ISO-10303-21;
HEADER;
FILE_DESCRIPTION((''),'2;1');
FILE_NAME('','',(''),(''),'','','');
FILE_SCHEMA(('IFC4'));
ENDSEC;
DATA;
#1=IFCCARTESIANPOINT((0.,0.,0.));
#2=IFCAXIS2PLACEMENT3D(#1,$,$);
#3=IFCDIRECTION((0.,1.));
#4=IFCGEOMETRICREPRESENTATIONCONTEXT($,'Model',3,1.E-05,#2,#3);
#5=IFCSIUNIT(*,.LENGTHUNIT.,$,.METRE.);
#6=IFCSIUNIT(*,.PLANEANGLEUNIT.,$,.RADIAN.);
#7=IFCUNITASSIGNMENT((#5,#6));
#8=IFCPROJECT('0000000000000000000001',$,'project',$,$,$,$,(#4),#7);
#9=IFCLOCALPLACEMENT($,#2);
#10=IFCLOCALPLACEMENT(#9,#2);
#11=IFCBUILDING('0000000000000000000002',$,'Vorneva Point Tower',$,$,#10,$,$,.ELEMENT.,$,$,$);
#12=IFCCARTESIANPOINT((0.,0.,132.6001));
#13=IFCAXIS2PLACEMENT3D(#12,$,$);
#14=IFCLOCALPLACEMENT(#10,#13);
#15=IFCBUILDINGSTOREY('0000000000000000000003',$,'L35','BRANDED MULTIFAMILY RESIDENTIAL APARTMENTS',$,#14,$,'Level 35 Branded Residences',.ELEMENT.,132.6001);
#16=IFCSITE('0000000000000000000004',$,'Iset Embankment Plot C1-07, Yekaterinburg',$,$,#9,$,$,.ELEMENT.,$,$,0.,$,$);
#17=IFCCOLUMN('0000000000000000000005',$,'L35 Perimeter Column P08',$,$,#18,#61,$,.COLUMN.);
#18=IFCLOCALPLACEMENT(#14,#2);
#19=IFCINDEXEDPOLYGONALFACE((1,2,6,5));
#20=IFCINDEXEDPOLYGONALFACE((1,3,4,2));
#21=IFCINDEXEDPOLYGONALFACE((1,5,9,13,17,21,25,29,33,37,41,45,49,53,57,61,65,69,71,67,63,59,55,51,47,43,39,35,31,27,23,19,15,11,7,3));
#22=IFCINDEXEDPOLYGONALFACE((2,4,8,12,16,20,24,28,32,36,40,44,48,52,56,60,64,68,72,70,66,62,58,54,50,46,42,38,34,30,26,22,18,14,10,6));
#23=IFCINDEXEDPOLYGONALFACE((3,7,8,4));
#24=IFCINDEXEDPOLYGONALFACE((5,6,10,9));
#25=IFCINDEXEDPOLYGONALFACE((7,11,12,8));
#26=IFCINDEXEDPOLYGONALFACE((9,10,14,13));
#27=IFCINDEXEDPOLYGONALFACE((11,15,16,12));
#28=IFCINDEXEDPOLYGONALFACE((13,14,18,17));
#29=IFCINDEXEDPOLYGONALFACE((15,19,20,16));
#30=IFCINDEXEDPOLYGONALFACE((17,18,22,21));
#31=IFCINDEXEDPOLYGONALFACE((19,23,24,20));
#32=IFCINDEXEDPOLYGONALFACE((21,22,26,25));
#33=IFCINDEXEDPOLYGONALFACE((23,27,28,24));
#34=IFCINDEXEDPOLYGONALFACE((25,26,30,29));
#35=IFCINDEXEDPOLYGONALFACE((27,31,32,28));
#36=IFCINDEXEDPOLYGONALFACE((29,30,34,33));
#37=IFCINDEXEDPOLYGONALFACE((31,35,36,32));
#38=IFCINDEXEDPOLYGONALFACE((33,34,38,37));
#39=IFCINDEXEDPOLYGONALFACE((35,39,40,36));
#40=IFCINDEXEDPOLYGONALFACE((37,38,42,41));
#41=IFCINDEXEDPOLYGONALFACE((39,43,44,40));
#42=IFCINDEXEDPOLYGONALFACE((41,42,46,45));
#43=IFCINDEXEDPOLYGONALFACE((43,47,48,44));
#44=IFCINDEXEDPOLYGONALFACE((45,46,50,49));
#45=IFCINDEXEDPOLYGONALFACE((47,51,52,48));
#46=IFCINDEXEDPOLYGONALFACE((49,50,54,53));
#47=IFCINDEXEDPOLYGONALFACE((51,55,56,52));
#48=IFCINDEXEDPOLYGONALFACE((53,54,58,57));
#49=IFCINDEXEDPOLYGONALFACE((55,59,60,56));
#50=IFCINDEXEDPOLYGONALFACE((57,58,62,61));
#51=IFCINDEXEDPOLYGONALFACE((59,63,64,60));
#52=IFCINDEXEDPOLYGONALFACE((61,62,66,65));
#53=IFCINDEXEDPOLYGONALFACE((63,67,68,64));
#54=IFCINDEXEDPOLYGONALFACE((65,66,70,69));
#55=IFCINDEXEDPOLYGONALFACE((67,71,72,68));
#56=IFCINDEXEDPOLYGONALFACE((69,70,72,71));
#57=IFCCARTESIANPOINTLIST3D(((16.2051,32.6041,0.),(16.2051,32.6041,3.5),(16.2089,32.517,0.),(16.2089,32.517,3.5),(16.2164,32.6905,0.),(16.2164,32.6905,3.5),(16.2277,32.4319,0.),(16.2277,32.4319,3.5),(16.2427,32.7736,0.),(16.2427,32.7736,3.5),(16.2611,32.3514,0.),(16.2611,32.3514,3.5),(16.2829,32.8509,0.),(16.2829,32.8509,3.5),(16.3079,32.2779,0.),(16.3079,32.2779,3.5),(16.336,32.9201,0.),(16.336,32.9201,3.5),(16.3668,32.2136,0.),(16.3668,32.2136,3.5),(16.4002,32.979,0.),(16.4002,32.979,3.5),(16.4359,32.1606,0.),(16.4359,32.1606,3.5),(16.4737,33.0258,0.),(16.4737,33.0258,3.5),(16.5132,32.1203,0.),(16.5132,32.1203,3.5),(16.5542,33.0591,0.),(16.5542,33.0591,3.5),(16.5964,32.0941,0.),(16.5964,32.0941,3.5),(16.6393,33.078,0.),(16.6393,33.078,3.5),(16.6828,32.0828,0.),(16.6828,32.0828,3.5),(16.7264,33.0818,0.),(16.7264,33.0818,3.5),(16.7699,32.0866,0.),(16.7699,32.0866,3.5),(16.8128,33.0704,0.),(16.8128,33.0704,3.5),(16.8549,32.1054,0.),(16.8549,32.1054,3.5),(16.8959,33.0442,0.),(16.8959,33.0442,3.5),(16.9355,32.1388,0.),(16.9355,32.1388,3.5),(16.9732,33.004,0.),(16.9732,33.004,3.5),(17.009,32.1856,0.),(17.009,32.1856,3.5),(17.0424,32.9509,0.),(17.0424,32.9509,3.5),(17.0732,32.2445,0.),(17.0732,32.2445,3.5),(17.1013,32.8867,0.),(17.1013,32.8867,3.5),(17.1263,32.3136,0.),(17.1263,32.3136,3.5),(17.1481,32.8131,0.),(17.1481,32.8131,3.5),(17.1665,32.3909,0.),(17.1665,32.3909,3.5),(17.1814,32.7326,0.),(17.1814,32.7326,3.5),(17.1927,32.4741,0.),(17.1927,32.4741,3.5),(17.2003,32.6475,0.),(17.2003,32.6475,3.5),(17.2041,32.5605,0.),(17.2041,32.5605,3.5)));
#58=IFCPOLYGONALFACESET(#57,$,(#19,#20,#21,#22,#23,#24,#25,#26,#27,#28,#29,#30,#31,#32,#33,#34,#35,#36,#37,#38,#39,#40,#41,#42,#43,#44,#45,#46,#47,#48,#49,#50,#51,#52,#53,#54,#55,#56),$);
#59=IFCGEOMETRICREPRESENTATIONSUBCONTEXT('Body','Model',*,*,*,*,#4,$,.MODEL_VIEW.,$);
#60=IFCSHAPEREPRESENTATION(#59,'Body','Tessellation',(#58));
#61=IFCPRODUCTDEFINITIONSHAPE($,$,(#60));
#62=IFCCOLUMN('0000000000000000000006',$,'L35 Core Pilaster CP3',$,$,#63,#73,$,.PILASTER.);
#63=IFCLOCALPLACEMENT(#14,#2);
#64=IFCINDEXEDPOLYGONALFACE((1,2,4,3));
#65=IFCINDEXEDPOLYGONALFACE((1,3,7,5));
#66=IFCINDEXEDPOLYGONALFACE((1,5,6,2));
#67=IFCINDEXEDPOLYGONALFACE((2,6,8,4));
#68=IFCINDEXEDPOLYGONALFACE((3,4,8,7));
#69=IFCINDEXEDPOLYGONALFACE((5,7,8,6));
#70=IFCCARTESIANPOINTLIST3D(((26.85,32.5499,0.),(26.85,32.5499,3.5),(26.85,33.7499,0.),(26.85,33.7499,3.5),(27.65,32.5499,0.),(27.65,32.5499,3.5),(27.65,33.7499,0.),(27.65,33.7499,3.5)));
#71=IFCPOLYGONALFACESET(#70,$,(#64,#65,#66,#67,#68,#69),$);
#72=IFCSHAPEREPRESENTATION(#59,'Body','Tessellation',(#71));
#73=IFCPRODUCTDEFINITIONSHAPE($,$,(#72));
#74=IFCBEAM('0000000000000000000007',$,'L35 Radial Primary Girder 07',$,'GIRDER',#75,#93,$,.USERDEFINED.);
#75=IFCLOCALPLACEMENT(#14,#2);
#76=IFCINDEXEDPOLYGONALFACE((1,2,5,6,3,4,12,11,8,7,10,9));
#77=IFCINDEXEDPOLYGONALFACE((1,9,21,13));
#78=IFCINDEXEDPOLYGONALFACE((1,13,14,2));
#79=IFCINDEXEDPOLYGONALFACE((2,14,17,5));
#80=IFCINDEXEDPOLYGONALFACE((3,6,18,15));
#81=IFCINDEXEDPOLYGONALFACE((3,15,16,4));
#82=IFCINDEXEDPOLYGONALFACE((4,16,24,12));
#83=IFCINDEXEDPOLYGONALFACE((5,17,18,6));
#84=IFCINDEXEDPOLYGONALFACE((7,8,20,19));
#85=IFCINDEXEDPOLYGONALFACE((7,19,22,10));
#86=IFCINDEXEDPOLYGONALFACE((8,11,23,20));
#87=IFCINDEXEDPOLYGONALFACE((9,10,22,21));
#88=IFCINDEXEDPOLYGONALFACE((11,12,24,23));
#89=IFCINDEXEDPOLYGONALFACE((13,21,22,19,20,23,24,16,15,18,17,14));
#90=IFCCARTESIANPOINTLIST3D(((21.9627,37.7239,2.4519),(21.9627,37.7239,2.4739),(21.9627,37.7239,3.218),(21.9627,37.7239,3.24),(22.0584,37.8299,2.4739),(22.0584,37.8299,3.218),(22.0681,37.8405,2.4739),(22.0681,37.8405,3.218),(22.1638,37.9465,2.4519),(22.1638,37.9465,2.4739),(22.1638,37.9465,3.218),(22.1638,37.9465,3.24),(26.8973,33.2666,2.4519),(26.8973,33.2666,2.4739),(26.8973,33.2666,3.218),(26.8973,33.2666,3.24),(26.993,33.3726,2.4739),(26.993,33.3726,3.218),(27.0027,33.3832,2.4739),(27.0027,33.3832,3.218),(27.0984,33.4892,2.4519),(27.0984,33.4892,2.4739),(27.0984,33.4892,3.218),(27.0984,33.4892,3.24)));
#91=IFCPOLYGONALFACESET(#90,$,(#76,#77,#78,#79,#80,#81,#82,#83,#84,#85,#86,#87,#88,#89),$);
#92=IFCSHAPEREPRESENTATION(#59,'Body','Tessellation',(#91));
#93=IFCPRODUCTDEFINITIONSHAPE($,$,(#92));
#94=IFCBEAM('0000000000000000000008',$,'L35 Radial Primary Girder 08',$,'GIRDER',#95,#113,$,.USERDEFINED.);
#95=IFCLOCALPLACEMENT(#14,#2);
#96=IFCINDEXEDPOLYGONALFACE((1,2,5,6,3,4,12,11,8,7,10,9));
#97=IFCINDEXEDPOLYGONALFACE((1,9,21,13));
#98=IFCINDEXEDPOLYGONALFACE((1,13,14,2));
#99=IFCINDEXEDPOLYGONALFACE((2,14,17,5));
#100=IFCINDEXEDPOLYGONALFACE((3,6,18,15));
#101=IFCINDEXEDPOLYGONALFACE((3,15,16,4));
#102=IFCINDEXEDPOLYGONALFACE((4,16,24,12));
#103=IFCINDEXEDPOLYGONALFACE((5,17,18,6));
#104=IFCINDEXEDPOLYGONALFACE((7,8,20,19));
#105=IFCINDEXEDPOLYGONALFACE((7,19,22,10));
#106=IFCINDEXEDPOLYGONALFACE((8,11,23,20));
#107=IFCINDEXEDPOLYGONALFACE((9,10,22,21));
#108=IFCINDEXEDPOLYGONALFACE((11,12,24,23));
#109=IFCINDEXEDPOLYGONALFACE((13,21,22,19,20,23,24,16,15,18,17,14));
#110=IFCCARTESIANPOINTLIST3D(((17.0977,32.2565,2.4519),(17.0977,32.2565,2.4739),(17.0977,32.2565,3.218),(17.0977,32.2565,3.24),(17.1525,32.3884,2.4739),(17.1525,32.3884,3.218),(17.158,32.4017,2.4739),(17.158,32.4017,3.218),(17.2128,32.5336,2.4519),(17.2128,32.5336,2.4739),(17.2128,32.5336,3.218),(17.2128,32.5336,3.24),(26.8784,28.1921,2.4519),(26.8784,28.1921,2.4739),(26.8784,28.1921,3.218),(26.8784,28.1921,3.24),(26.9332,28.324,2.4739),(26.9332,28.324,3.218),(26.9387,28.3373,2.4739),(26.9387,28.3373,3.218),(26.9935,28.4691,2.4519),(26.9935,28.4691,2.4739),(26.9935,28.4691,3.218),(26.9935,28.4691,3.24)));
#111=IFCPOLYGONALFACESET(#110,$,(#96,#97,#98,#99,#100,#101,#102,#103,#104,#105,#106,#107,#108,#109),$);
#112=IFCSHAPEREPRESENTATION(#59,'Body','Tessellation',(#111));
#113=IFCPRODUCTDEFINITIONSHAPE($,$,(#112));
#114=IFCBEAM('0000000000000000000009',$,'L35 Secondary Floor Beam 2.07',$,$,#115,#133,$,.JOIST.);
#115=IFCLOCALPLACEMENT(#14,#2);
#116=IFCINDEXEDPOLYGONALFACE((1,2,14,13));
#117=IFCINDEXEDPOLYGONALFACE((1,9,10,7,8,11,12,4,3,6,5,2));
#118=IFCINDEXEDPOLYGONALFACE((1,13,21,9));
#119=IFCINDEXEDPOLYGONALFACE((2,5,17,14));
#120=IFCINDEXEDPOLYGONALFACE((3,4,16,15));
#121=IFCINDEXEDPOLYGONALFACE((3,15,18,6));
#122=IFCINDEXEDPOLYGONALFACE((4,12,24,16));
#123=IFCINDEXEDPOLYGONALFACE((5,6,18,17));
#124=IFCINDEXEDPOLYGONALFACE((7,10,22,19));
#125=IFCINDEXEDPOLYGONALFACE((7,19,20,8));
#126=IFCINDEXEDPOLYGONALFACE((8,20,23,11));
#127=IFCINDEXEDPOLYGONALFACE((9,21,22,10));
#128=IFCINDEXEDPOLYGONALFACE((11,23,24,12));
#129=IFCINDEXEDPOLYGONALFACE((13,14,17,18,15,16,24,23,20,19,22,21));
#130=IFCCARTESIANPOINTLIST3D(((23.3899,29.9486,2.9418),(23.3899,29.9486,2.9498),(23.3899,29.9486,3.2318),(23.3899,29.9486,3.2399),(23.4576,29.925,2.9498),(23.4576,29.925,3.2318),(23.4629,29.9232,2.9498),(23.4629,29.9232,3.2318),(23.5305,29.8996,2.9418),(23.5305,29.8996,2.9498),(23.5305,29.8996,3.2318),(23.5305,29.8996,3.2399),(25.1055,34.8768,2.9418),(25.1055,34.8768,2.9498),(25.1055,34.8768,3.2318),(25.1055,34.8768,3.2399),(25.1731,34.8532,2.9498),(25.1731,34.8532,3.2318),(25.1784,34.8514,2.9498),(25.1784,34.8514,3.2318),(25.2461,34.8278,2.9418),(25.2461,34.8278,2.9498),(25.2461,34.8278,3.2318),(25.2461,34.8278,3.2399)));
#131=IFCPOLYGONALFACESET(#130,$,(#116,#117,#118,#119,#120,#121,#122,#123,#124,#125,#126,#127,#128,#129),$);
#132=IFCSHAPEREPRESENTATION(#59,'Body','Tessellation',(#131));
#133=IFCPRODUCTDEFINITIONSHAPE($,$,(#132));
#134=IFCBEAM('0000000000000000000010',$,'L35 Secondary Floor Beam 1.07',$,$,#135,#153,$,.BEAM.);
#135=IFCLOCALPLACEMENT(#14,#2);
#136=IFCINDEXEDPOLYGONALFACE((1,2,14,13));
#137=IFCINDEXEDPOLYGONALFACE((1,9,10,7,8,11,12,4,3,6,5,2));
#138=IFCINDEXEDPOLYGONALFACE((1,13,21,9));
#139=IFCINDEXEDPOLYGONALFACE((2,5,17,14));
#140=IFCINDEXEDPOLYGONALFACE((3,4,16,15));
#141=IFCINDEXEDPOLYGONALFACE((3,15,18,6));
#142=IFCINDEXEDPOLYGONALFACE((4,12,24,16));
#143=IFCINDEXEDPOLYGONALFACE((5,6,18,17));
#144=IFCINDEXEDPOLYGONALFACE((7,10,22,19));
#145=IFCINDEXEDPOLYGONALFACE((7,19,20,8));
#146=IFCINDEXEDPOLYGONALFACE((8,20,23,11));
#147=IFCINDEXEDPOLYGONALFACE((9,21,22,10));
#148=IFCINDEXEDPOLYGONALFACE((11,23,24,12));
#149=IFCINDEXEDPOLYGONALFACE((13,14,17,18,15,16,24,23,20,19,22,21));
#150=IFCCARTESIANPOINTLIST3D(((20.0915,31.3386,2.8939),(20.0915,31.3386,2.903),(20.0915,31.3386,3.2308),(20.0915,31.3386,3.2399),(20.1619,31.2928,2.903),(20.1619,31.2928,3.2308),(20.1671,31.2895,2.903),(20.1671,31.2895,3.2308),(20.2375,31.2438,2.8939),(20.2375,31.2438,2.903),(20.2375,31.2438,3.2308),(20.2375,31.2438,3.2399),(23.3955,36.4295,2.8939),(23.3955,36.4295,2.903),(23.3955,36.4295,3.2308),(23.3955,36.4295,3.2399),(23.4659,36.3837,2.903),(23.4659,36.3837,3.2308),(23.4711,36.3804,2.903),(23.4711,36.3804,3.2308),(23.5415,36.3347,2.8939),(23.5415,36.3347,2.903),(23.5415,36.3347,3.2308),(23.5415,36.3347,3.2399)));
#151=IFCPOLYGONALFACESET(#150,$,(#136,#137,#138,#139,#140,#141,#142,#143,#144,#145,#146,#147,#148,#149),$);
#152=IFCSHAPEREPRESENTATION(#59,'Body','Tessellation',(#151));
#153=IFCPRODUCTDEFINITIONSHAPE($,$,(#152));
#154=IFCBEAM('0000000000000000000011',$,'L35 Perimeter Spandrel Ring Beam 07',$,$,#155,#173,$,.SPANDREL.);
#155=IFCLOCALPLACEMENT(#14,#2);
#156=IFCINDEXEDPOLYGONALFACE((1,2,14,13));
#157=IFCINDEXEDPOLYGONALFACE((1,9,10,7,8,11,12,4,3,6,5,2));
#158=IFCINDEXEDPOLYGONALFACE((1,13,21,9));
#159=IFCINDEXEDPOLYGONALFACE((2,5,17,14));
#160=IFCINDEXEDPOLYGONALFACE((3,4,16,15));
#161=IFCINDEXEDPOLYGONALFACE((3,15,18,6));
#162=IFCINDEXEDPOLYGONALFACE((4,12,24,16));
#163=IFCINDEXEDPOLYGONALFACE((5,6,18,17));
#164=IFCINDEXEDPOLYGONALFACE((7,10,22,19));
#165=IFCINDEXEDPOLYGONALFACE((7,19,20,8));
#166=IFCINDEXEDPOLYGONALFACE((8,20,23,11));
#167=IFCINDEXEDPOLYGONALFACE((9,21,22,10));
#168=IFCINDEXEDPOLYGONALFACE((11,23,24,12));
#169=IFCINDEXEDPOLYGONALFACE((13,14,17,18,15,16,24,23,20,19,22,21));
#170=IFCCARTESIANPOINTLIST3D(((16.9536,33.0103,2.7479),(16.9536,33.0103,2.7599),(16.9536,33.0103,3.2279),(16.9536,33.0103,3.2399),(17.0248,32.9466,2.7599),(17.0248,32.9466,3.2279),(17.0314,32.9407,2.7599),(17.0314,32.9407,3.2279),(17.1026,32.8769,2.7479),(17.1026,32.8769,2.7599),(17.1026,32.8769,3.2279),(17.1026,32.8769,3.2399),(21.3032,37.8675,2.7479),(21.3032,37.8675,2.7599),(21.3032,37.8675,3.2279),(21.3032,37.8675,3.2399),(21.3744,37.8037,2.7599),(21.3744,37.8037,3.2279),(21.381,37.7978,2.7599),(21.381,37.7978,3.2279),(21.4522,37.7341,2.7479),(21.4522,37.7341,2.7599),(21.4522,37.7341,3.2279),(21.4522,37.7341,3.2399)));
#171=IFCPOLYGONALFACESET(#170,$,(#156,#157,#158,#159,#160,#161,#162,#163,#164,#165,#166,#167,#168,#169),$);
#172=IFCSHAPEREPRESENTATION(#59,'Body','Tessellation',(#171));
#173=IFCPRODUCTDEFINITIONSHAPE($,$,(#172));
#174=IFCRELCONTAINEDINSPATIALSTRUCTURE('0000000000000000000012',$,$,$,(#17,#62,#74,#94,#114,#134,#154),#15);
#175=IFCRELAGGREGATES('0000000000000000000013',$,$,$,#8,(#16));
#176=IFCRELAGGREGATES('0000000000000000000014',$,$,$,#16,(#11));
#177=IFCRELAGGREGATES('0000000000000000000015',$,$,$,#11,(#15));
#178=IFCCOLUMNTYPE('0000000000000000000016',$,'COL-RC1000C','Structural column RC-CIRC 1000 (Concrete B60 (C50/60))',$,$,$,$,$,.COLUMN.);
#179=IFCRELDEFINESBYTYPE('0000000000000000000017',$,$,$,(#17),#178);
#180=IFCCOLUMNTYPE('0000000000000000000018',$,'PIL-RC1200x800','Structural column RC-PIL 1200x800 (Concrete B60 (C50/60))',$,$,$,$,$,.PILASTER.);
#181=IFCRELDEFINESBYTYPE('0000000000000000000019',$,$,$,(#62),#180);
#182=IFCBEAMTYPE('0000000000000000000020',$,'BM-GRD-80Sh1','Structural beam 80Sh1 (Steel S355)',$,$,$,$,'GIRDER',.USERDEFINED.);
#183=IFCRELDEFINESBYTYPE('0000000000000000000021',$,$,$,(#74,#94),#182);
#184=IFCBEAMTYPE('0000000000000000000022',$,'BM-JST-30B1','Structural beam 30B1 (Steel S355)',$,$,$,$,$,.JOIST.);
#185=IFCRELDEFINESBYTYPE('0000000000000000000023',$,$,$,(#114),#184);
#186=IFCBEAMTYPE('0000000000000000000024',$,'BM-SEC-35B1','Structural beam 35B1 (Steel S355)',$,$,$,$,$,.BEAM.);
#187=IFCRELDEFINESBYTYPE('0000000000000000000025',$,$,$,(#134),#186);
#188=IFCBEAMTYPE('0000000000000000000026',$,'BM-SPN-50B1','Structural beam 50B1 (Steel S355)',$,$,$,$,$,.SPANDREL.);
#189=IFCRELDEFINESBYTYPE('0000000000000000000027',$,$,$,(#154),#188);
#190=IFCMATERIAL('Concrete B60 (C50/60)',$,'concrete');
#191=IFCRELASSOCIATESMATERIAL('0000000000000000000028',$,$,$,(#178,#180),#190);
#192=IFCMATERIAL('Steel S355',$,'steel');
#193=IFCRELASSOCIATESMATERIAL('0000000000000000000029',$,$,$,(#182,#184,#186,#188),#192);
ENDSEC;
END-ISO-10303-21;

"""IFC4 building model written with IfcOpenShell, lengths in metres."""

from ifc_helpers import new_model, si_unit, direction, frame, origin, origin_2d, place, context, subcontext, project, spatial, rectangle, circle, i_section, extrude, material, material_profile, profile_set, type_object, element, save


model = new_model("IFC4")

# Units and contexts
model_context = context("Model", 3, precision=1e-05, world=origin(), true_north=direction((0.0, 1.0)))
body_context = subcontext(model_context, "Body", "Model", "MODEL_VIEW")
ifc_project = project(units=[si_unit("LENGTHUNIT", "METRE"), si_unit("PLANEANGLEUNIT", "RADIAN")], contexts=[model_context])

# Site, building, storey
site_placement = place(None, origin())
site = spatial("IfcSite", under=ifc_project, at=site_placement, Name="Iset Embankment Plot C1-07, Yekaterinburg", CompositionType="ELEMENT", RefElevation=0.0)
building_placement = place(site_placement, origin())
building = spatial("IfcBuilding", under=site, at=building_placement, Name="Vorneva Point Tower", CompositionType="ELEMENT")
storey_placement = place(building_placement, frame((0.0, 0.0, 132.6001)))
storey = spatial("IfcBuildingStorey", under=building, at=storey_placement, Name="L35", Description="BRANDED MULTIFAMILY RESIDENTIAL APARTMENTS", LongName="Level 35 Branded Residences", CompositionType="ELEMENT", Elevation=132.6001)

# Columns
ifc_material_1 = material(Name="Concrete B60 (C50/60)", Category="concrete")
ifc_material_profile_1 = material_profile(ifc_material_1, circle(Radius=0.5, at=origin_2d()), Name="RC-CIRC 1000")
ifc_profile_set_1 = profile_set([ifc_material_profile_1], Name="Concrete B60 (C50/60)")
column_type_1 = type_object("IfcColumnType", Name="COL-RC1000C", Description="Structural column RC-CIRC 1000 (Concrete B60 (C50/60))", PredefinedType="COLUMN", material=ifc_profile_set_1)
for number, where, z_axis, x_axis, name in (
    (1, (16.7046, 32.5823, 0.0), (0.0, 0.0, 1.0), (-0.92388, 0.382683, 0.0), "L35 Perimeter Column P08"),
):
    element("IfcColumn", number, at=place(storey_placement, frame(where, z_axis=z_axis, x_axis=x_axis)), inside=storey, type_object=column_type_1, Name=name, PredefinedType="COLUMN", context=body_context, shape_type="SweptSolid", body=[
        extrude(circle(Radius=0.5, at=origin_2d()), origin(), (0.0, 0.0, 1.0), 3.5),
    ])
ifc_material_profile_2 = material_profile(ifc_material_1, rectangle(XDim=0.8, YDim=1.2, at=origin_2d()), Name="RC-PIL 1200x800")
ifc_profile_set_2 = profile_set([ifc_material_profile_2], Name="Concrete B60 (C50/60)")
column_type_2 = type_object("IfcColumnType", Name="PIL-RC1200x800", Description="Structural column RC-PIL 1200x800 (Concrete B60 (C50/60))", PredefinedType="PILASTER", material=ifc_profile_set_2)
column_placement = place(storey_placement, frame((27.25, 33.1499, 0.0), z_axis=(0.0, 0.0, 1.0), x_axis=(1.0, 0.0, 0.0)))
element("IfcColumn", 2, at=column_placement, inside=storey, type_object=column_type_2, Name="L35 Core Pilaster CP3", PredefinedType="PILASTER", context=body_context, shape_type="SweptSolid", body=[
    extrude(rectangle(XDim=0.8, YDim=1.2, at=origin_2d()), origin(), (0.0, 0.0, 1.0), 3.5),
])

# Beams
ifc_material_2 = material(Name="Steel S355", Category="steel")
ifc_material_profile_3 = material_profile(ifc_material_2, i_section(OverallWidth=0.3, OverallDepth=0.7881, WebThickness=0.0144, FlangeThickness=0.022, at=origin_2d()), Name="80Sh1")
ifc_profile_set_3 = profile_set([ifc_material_profile_3], Name="Steel S355")
beam_type_1 = type_object("IfcBeamType", Name="BM-GRD-80Sh1", Description="Structural beam 80Sh1 (Steel S355)", ElementType="GIRDER", PredefinedType="USERDEFINED", material=ifc_profile_set_3)
beam_1_placement = place(storey_placement, frame((22.0632, 37.8352, 2.8459), z_axis=(0.742084, -0.670306, 0.0), x_axis=(0.670306, 0.742084, 0.0)))
element("IfcBeam", 3, at=beam_1_placement, inside=storey, type_object=beam_type_1, Name="L35 Radial Primary Girder 07", ObjectType="GIRDER", PredefinedType="USERDEFINED", context=body_context, shape_type="SweptSolid", body=[
    extrude(i_section(OverallWidth=0.3, OverallDepth=0.7881, WebThickness=0.0144, FlangeThickness=0.022, at=origin_2d()), origin(), (0.0, 0.0, 1.0), 6.6497),
])
beam_2_placement = place(storey_placement, frame((17.1553, 32.395, 2.8459), z_axis=(0.923441, -0.383741, 0.0), x_axis=(0.383741, 0.923441, 0.0)))
element("IfcBeam", 4, at=beam_2_placement, inside=storey, type_object=beam_type_1, Name="L35 Radial Primary Girder 08", ObjectType="GIRDER", PredefinedType="USERDEFINED", context=body_context, shape_type="SweptSolid", body=[
    extrude(i_section(OverallWidth=0.3, OverallDepth=0.7881, WebThickness=0.0144, FlangeThickness=0.022, at=origin_2d()), origin(), (0.0, 0.0, 1.0), 10.5916),
])
ifc_material_profile_4 = material_profile(ifc_material_2, i_section(OverallWidth=0.1489, OverallDepth=0.2981, WebThickness=0.0056, FlangeThickness=0.0081, at=origin_2d()), Name="30B1")
ifc_profile_set_4 = profile_set([ifc_material_profile_4], Name="Steel S355")
beam_type_2 = type_object("IfcBeamType", Name="BM-JST-30B1", Description="Structural beam 30B1 (Steel S355)", PredefinedType="JOIST", material=ifc_profile_set_4)
beam_3_placement = place(storey_placement, frame((25.1758, 34.8523, 3.0908), z_axis=(-0.328762, -0.944413, 0.0), x_axis=(0.944413, -0.328762, 0.0)))
element("IfcBeam", 5, at=beam_3_placement, inside=storey, type_object=beam_type_2, Name="L35 Secondary Floor Beam 2.07", PredefinedType="JOIST", context=body_context, shape_type="SweptSolid", body=[
    extrude(i_section(OverallWidth=0.1489, OverallDepth=0.2981, WebThickness=0.0056, FlangeThickness=0.0081, at=origin_2d()), origin(), (0.0, 0.0, 1.0), 5.2183),
])
ifc_material_profile_5 = material_profile(ifc_material_2, i_section(OverallWidth=0.1741, OverallDepth=0.3459, WebThickness=0.0061, FlangeThickness=0.009, at=origin_2d()), Name="35B1")
ifc_profile_set_5 = profile_set([ifc_material_profile_5], Name="Steel S355")
beam_type_3 = type_object("IfcBeamType", Name="BM-SEC-35B1", Description="Structural beam 35B1 (Steel S355)", PredefinedType="BEAM", material=ifc_profile_set_5)
beam_4_placement = place(storey_placement, frame((23.4685, 36.3821, 3.0669), z_axis=(-0.5444, -0.838826, 0.0), x_axis=(0.838826, -0.5444, 0.0)))
element("IfcBeam", 6, at=beam_4_placement, inside=storey, type_object=beam_type_3, Name="L35 Secondary Floor Beam 1.07", PredefinedType="BEAM", context=body_context, shape_type="SweptSolid", body=[
    extrude(i_section(OverallWidth=0.1741, OverallDepth=0.3459, WebThickness=0.0061, FlangeThickness=0.009, at=origin_2d()), origin(), (0.0, 0.0, 1.0), 6.0691),
])
ifc_material_profile_6 = material_profile(ifc_material_2, i_section(OverallWidth=0.2, OverallDepth=0.4919, WebThickness=0.0088, FlangeThickness=0.012, at=origin_2d()), Name="50B1")
ifc_profile_set_6 = profile_set([ifc_material_profile_6], Name="Steel S355")
beam_type_4 = type_object("IfcBeamType", Name="BM-SPN-50B1", Description="Structural beam 50B1 (Steel S355)", PredefinedType="SPANDREL", material=ifc_profile_set_6)
beam_5_placement = place(storey_placement, frame((21.3777, 37.8008, 2.9939), z_axis=(-0.667111, -0.744958, 0.0), x_axis=(0.744958, -0.667111, 0.0)))
element("IfcBeam", 7, at=beam_5_placement, inside=storey, type_object=beam_type_4, Name="L35 Perimeter Spandrel Ring Beam 07", PredefinedType="SPANDREL", context=body_context, shape_type="SweptSolid", body=[
    extrude(i_section(OverallWidth=0.2, OverallDepth=0.4919, WebThickness=0.0088, FlangeThickness=0.012, at=origin_2d()), origin(), (0.0, 0.0, 1.0), 6.52),
])

save(model, "model.ifc")
